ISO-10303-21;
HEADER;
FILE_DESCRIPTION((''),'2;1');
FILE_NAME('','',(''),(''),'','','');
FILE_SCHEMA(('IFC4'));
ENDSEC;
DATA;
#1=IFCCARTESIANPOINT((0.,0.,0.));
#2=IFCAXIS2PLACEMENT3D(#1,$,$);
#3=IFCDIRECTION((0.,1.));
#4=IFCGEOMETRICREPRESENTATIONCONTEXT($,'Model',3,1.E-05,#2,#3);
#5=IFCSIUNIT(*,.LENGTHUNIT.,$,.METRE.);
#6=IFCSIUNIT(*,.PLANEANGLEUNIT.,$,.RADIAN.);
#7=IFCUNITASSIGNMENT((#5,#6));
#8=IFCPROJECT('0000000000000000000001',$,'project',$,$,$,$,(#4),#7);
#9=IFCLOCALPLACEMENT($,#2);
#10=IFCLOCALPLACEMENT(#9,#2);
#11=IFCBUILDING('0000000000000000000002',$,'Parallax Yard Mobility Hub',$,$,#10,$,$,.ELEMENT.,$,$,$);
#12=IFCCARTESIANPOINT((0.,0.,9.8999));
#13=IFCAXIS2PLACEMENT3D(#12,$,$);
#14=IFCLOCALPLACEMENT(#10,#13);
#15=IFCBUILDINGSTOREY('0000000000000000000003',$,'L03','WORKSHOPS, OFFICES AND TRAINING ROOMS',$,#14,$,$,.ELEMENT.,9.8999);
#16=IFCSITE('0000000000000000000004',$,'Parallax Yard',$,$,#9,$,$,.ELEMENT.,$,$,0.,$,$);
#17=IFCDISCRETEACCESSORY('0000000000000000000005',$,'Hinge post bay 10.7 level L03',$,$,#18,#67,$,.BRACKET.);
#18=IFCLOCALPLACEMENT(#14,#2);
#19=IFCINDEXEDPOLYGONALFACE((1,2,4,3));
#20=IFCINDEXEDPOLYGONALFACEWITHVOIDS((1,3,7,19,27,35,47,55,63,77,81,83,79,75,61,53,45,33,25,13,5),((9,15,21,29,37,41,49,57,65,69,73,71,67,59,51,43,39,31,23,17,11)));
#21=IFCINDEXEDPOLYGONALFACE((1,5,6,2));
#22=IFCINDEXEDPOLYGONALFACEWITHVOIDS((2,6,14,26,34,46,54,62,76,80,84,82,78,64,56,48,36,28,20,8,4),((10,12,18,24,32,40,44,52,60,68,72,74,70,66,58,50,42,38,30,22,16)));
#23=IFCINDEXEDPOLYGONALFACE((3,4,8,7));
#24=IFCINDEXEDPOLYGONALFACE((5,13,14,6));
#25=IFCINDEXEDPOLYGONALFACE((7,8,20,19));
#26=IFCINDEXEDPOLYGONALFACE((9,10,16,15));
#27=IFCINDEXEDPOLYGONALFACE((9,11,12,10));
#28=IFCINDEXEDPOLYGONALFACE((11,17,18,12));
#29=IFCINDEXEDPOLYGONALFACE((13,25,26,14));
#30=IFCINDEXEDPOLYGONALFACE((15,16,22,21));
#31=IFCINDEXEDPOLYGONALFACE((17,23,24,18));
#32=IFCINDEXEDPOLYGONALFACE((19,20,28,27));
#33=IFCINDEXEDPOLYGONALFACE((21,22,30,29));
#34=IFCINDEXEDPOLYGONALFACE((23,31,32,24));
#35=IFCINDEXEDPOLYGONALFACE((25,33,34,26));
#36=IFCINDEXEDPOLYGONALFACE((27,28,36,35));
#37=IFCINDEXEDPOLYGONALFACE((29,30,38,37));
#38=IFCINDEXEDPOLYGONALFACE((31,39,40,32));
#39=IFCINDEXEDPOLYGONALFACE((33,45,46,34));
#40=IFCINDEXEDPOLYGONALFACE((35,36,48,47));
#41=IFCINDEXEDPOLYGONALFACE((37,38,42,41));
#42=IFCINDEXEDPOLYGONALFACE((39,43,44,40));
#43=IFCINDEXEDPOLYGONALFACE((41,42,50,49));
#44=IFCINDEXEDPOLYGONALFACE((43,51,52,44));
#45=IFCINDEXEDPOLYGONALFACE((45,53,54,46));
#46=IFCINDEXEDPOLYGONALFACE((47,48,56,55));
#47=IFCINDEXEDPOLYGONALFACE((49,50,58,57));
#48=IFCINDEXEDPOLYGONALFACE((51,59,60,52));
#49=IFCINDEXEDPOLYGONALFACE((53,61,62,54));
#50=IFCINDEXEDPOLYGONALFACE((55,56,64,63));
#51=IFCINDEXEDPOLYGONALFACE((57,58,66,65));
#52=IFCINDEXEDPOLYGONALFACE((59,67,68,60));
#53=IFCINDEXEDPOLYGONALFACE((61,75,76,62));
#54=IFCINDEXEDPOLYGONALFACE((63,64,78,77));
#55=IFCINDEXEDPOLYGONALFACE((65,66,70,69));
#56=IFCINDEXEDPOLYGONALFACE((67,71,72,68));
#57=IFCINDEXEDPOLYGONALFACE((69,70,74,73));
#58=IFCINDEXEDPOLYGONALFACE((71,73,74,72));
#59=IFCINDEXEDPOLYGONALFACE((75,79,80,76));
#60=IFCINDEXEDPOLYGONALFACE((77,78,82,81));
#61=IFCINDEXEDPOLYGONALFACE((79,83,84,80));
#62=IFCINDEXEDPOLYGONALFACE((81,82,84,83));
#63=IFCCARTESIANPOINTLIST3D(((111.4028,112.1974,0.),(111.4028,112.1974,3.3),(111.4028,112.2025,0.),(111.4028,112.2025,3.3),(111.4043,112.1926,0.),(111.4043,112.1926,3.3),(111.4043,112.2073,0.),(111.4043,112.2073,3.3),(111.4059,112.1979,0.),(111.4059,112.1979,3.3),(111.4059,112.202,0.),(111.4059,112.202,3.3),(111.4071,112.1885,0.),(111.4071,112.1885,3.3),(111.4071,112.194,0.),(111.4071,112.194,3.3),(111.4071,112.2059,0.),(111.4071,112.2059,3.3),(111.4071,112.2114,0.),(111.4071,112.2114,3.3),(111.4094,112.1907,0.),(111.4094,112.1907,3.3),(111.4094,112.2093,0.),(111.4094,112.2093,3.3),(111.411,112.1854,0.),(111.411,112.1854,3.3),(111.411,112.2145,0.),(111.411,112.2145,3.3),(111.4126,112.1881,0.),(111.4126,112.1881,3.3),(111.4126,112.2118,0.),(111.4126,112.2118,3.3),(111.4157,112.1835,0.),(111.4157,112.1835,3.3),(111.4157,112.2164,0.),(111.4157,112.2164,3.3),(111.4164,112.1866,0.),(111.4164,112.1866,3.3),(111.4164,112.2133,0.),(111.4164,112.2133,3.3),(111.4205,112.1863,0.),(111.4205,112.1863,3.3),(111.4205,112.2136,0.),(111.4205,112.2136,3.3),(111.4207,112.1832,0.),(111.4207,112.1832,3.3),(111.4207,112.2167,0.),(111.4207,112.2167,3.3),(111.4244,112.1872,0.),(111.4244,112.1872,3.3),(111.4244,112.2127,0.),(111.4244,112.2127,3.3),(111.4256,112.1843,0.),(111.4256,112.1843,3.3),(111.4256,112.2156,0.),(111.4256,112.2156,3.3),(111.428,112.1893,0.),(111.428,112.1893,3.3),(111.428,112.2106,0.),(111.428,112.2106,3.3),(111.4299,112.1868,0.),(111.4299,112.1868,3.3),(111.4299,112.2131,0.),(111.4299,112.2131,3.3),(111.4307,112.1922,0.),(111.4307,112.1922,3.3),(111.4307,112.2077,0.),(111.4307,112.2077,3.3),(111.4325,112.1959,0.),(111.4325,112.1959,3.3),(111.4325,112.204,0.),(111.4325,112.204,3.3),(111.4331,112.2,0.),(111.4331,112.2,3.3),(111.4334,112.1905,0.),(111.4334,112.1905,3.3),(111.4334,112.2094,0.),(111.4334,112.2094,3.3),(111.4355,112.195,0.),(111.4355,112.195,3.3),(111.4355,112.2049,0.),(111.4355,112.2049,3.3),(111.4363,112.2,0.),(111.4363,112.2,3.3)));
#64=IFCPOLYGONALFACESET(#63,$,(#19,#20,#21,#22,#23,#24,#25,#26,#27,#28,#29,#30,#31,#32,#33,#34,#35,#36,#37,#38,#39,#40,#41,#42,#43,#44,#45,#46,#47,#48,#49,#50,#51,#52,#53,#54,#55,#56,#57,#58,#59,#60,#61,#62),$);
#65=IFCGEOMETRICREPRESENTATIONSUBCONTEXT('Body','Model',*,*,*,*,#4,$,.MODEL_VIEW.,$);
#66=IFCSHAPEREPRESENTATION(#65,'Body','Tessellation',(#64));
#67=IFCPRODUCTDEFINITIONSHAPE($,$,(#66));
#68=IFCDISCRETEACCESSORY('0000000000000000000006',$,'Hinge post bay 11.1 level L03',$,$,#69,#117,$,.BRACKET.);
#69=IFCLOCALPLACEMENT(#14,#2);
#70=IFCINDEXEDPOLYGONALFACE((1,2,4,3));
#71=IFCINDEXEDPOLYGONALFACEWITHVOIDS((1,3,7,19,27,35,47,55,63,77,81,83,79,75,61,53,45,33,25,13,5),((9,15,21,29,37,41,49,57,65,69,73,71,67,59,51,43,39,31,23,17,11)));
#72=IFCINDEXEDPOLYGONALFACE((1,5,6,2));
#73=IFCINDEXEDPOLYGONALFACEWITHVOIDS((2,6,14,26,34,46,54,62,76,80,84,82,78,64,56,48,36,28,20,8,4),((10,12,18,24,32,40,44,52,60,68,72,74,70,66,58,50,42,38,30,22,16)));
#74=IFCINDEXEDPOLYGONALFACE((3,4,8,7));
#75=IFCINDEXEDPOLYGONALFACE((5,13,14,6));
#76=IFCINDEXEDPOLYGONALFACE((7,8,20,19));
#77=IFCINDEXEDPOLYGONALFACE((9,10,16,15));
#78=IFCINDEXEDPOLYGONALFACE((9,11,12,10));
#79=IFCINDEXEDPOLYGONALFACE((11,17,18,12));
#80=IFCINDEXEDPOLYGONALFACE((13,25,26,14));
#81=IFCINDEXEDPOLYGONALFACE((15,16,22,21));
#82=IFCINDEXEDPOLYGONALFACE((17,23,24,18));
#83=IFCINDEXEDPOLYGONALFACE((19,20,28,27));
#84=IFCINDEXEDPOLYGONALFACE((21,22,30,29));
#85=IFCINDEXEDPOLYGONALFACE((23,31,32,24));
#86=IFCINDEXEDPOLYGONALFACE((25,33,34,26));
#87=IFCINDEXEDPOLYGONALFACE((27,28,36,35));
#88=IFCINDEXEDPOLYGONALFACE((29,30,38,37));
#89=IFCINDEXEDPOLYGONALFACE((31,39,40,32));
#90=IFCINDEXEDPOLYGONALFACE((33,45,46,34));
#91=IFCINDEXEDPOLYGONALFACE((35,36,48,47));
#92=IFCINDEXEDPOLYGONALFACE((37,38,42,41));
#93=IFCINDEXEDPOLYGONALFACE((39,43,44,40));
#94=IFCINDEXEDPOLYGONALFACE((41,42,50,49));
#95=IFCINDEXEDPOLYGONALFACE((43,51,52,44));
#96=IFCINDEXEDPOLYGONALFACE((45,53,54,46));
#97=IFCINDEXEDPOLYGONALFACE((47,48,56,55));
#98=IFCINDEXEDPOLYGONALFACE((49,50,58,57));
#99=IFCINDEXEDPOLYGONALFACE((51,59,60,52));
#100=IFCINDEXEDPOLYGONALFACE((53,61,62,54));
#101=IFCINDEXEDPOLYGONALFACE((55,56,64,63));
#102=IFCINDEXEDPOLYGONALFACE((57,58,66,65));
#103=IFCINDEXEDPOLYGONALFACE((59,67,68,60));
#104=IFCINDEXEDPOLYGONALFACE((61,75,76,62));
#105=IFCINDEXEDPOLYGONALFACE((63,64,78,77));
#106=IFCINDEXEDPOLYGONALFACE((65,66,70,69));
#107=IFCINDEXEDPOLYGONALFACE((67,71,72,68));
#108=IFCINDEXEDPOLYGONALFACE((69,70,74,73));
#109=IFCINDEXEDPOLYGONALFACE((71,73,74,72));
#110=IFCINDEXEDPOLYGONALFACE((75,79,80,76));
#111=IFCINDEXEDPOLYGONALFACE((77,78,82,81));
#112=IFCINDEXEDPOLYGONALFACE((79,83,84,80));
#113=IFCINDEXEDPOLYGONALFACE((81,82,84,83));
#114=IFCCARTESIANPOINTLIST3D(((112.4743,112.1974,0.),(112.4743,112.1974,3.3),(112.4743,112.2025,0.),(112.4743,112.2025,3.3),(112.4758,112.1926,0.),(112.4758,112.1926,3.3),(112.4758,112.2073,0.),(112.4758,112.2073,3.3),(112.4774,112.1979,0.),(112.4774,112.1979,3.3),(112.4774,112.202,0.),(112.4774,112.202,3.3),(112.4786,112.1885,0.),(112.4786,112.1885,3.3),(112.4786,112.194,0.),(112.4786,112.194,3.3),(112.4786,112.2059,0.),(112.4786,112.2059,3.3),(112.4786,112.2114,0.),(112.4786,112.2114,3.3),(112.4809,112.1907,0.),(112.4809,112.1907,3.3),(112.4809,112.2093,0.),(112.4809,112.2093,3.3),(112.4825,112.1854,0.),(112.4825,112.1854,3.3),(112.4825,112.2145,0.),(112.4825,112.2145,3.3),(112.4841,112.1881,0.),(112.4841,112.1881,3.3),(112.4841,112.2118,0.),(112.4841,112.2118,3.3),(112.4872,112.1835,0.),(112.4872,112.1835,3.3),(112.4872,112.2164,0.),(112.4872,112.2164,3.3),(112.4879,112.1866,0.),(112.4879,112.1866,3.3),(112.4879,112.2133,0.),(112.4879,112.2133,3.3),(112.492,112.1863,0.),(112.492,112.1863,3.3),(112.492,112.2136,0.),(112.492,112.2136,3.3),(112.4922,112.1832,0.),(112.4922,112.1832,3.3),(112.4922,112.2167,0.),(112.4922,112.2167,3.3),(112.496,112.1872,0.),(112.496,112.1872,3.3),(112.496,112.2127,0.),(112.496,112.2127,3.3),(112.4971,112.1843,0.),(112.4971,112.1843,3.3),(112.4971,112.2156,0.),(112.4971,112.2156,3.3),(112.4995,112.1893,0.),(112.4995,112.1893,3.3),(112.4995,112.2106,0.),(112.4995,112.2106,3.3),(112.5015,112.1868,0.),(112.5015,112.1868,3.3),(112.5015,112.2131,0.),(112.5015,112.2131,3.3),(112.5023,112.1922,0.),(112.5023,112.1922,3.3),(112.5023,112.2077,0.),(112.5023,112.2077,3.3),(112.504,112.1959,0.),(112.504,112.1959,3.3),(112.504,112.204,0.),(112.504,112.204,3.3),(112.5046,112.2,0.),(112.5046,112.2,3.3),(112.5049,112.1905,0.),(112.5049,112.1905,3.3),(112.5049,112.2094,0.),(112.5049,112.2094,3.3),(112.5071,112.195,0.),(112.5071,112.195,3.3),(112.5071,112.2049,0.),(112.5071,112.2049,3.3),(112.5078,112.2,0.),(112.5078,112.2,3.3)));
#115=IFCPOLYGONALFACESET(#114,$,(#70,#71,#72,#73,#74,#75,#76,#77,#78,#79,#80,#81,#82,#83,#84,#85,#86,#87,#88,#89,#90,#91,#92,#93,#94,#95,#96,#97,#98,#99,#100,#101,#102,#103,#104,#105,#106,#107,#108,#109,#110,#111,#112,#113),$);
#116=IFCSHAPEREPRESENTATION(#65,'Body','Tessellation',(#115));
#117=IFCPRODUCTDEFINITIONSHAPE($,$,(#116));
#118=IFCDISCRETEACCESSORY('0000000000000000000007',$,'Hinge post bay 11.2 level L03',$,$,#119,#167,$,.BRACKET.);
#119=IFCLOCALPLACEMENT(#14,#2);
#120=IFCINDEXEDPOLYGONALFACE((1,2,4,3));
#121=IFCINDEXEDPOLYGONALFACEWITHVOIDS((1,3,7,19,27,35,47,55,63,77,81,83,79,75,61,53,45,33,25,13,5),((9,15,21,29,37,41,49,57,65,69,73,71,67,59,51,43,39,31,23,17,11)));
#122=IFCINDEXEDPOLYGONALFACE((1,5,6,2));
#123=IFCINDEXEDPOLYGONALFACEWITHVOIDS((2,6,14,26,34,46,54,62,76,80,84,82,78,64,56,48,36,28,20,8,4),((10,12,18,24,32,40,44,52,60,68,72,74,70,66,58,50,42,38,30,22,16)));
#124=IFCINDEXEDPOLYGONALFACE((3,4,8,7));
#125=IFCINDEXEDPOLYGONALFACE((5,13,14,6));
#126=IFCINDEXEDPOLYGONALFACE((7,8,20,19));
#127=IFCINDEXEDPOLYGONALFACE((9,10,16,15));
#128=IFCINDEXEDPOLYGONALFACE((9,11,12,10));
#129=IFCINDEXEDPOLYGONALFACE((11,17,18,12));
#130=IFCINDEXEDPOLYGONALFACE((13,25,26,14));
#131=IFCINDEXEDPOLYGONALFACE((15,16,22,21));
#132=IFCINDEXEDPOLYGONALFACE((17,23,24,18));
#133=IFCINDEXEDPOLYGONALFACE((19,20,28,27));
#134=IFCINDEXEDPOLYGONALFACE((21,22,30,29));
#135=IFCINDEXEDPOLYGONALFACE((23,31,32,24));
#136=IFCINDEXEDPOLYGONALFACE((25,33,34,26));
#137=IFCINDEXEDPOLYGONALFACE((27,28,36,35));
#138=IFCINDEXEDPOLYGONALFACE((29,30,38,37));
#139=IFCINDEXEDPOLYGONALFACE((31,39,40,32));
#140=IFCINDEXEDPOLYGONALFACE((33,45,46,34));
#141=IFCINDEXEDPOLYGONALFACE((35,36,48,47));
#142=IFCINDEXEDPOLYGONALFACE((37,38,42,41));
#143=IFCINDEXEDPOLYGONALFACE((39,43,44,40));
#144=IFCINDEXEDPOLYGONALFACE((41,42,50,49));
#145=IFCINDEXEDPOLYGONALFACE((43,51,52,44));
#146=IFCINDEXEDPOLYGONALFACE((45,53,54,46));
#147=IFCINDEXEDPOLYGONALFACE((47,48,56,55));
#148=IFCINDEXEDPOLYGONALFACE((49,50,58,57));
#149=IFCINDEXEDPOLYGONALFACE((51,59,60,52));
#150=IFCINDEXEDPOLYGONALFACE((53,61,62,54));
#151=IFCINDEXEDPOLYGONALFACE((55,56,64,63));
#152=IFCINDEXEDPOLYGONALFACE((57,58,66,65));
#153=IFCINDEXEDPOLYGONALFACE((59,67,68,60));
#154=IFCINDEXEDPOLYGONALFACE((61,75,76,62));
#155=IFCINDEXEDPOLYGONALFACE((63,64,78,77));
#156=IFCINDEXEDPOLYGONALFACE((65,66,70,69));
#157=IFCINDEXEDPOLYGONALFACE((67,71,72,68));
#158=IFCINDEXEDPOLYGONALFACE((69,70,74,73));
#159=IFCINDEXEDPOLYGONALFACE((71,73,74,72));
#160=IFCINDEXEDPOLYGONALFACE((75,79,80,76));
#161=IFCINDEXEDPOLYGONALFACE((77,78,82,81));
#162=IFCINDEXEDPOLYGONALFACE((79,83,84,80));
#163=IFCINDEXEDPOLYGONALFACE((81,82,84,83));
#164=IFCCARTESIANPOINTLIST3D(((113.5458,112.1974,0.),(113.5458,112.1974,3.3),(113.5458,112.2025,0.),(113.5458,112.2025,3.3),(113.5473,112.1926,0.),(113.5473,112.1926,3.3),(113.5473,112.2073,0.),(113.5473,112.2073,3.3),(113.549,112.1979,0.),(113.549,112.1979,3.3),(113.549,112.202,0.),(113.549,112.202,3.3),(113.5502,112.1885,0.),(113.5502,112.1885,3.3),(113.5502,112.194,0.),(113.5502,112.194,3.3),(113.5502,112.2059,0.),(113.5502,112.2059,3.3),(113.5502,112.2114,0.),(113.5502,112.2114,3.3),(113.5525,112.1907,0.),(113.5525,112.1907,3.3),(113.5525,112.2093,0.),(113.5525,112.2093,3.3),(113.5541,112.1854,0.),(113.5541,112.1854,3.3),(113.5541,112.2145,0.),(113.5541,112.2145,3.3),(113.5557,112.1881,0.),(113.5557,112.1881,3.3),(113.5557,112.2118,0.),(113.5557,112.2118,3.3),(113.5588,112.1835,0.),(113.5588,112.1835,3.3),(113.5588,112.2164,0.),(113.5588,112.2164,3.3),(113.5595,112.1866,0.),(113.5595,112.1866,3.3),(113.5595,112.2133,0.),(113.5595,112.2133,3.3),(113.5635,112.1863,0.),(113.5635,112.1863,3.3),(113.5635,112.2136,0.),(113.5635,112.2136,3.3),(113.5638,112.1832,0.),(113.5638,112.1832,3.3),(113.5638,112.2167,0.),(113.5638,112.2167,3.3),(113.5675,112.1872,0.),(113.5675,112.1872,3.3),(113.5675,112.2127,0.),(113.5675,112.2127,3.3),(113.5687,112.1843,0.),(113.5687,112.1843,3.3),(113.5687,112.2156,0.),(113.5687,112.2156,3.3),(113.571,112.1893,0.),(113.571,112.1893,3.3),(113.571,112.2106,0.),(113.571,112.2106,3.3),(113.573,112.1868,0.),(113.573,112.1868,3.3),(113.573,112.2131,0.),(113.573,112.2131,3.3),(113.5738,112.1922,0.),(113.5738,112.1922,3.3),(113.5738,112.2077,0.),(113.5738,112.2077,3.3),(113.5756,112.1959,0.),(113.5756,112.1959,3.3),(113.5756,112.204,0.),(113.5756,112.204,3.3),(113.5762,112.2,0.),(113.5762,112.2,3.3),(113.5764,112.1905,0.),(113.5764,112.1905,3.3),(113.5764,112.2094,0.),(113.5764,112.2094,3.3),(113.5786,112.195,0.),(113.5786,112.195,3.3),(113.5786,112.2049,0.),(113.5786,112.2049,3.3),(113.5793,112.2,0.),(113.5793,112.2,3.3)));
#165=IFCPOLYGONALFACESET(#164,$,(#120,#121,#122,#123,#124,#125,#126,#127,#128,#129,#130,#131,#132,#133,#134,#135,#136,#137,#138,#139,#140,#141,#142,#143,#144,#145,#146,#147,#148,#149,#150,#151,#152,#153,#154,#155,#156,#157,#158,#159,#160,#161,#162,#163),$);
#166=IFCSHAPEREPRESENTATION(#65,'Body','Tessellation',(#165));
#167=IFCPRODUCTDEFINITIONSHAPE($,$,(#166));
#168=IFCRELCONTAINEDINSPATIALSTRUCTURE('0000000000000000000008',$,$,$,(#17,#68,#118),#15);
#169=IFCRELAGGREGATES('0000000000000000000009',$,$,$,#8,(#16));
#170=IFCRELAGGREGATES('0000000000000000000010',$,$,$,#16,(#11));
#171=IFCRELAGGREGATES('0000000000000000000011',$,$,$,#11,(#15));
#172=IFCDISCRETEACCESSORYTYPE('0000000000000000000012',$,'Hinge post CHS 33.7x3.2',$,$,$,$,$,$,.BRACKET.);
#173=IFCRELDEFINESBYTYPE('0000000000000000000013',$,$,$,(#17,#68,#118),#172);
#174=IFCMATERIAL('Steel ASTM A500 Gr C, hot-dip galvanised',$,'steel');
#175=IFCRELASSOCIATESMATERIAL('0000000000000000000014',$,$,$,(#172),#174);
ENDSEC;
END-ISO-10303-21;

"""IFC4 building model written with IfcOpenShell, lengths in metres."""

from ifc_helpers import new_model, si_unit, direction, frame, origin, origin_2d, place, context, subcontext, project, spatial, hollow_circle, extrude, material, material_profile, profile_set, type_object, element, save


model = new_model("IFC4")

# Units and contexts
model_context = context("Model", 3, precision=1e-05, world=origin(), true_north=direction((0.0, 1.0)))
body_context = subcontext(model_context, "Body", "Model", "MODEL_VIEW")
ifc_project = project(units=[si_unit("LENGTHUNIT", "METRE"), si_unit("PLANEANGLEUNIT", "RADIAN")], contexts=[model_context])

# Site, building, storey
site_placement = place(None, origin())
site = spatial("IfcSite", under=ifc_project, at=site_placement, Name="Parallax Yard", CompositionType="ELEMENT", RefElevation=0.0)
building_placement = place(site_placement, origin())
building = spatial("IfcBuilding", under=site, at=building_placement, Name="Parallax Yard Mobility Hub", CompositionType="ELEMENT")
storey_placement = place(building_placement, frame((0.0, 0.0, 9.8999)))
storey = spatial("IfcBuildingStorey", under=building, at=storey_placement, Name="L03", Description="WORKSHOPS, OFFICES AND TRAINING ROOMS", CompositionType="ELEMENT", Elevation=9.8999)

# Discrete accessories
ifc_material_1 = material(Name="Steel ASTM A500 Gr C, hot-dip galvanised", Category="steel")
ifc_material_profile = material_profile(ifc_material_1, hollow_circle(Radius=0.0168, WallThickness=0.0032, at=origin_2d()), Name="CHS 33.7x3.2")
ifc_profile_set = profile_set([ifc_material_profile], Name="Steel ASTM A500 Gr C, hot-dip galvanised")
discrete_accessory_type = type_object("IfcDiscreteAccessoryType", Name="Hinge post CHS 33.7x3.2", PredefinedType="BRACKET", material=ifc_profile_set)
for number, where, z_axis, x_axis, name in (
    (1, (111.4194, 112.2, 0.0), (0.0, 0.0, 1.0), (1.0, 0.0, 0.0), "Hinge post bay 10.7 level L03"),
    (2, (112.491, 112.2, 0.0), (0.0, 0.0, 1.0), (1.0, 0.0, 0.0), "Hinge post bay 11.1 level L03"),
    (3, (113.5625, 112.2, 0.0), (0.0, 0.0, 1.0), (1.0, 0.0, 0.0), "Hinge post bay 11.2 level L03"),
):
    element("IfcDiscreteAccessory", number, at=place(storey_placement, frame(where, z_axis=z_axis, x_axis=x_axis)), inside=storey, type_object=discrete_accessory_type, Name=name, PredefinedType="BRACKET", context=body_context, shape_type="SweptSolid", body=[
        extrude(hollow_circle(Radius=0.0168, WallThickness=0.0032, at=origin_2d()), origin(), (0.0, 0.0, 1.0), 3.3),
    ])

save(model, "model.ifc")
